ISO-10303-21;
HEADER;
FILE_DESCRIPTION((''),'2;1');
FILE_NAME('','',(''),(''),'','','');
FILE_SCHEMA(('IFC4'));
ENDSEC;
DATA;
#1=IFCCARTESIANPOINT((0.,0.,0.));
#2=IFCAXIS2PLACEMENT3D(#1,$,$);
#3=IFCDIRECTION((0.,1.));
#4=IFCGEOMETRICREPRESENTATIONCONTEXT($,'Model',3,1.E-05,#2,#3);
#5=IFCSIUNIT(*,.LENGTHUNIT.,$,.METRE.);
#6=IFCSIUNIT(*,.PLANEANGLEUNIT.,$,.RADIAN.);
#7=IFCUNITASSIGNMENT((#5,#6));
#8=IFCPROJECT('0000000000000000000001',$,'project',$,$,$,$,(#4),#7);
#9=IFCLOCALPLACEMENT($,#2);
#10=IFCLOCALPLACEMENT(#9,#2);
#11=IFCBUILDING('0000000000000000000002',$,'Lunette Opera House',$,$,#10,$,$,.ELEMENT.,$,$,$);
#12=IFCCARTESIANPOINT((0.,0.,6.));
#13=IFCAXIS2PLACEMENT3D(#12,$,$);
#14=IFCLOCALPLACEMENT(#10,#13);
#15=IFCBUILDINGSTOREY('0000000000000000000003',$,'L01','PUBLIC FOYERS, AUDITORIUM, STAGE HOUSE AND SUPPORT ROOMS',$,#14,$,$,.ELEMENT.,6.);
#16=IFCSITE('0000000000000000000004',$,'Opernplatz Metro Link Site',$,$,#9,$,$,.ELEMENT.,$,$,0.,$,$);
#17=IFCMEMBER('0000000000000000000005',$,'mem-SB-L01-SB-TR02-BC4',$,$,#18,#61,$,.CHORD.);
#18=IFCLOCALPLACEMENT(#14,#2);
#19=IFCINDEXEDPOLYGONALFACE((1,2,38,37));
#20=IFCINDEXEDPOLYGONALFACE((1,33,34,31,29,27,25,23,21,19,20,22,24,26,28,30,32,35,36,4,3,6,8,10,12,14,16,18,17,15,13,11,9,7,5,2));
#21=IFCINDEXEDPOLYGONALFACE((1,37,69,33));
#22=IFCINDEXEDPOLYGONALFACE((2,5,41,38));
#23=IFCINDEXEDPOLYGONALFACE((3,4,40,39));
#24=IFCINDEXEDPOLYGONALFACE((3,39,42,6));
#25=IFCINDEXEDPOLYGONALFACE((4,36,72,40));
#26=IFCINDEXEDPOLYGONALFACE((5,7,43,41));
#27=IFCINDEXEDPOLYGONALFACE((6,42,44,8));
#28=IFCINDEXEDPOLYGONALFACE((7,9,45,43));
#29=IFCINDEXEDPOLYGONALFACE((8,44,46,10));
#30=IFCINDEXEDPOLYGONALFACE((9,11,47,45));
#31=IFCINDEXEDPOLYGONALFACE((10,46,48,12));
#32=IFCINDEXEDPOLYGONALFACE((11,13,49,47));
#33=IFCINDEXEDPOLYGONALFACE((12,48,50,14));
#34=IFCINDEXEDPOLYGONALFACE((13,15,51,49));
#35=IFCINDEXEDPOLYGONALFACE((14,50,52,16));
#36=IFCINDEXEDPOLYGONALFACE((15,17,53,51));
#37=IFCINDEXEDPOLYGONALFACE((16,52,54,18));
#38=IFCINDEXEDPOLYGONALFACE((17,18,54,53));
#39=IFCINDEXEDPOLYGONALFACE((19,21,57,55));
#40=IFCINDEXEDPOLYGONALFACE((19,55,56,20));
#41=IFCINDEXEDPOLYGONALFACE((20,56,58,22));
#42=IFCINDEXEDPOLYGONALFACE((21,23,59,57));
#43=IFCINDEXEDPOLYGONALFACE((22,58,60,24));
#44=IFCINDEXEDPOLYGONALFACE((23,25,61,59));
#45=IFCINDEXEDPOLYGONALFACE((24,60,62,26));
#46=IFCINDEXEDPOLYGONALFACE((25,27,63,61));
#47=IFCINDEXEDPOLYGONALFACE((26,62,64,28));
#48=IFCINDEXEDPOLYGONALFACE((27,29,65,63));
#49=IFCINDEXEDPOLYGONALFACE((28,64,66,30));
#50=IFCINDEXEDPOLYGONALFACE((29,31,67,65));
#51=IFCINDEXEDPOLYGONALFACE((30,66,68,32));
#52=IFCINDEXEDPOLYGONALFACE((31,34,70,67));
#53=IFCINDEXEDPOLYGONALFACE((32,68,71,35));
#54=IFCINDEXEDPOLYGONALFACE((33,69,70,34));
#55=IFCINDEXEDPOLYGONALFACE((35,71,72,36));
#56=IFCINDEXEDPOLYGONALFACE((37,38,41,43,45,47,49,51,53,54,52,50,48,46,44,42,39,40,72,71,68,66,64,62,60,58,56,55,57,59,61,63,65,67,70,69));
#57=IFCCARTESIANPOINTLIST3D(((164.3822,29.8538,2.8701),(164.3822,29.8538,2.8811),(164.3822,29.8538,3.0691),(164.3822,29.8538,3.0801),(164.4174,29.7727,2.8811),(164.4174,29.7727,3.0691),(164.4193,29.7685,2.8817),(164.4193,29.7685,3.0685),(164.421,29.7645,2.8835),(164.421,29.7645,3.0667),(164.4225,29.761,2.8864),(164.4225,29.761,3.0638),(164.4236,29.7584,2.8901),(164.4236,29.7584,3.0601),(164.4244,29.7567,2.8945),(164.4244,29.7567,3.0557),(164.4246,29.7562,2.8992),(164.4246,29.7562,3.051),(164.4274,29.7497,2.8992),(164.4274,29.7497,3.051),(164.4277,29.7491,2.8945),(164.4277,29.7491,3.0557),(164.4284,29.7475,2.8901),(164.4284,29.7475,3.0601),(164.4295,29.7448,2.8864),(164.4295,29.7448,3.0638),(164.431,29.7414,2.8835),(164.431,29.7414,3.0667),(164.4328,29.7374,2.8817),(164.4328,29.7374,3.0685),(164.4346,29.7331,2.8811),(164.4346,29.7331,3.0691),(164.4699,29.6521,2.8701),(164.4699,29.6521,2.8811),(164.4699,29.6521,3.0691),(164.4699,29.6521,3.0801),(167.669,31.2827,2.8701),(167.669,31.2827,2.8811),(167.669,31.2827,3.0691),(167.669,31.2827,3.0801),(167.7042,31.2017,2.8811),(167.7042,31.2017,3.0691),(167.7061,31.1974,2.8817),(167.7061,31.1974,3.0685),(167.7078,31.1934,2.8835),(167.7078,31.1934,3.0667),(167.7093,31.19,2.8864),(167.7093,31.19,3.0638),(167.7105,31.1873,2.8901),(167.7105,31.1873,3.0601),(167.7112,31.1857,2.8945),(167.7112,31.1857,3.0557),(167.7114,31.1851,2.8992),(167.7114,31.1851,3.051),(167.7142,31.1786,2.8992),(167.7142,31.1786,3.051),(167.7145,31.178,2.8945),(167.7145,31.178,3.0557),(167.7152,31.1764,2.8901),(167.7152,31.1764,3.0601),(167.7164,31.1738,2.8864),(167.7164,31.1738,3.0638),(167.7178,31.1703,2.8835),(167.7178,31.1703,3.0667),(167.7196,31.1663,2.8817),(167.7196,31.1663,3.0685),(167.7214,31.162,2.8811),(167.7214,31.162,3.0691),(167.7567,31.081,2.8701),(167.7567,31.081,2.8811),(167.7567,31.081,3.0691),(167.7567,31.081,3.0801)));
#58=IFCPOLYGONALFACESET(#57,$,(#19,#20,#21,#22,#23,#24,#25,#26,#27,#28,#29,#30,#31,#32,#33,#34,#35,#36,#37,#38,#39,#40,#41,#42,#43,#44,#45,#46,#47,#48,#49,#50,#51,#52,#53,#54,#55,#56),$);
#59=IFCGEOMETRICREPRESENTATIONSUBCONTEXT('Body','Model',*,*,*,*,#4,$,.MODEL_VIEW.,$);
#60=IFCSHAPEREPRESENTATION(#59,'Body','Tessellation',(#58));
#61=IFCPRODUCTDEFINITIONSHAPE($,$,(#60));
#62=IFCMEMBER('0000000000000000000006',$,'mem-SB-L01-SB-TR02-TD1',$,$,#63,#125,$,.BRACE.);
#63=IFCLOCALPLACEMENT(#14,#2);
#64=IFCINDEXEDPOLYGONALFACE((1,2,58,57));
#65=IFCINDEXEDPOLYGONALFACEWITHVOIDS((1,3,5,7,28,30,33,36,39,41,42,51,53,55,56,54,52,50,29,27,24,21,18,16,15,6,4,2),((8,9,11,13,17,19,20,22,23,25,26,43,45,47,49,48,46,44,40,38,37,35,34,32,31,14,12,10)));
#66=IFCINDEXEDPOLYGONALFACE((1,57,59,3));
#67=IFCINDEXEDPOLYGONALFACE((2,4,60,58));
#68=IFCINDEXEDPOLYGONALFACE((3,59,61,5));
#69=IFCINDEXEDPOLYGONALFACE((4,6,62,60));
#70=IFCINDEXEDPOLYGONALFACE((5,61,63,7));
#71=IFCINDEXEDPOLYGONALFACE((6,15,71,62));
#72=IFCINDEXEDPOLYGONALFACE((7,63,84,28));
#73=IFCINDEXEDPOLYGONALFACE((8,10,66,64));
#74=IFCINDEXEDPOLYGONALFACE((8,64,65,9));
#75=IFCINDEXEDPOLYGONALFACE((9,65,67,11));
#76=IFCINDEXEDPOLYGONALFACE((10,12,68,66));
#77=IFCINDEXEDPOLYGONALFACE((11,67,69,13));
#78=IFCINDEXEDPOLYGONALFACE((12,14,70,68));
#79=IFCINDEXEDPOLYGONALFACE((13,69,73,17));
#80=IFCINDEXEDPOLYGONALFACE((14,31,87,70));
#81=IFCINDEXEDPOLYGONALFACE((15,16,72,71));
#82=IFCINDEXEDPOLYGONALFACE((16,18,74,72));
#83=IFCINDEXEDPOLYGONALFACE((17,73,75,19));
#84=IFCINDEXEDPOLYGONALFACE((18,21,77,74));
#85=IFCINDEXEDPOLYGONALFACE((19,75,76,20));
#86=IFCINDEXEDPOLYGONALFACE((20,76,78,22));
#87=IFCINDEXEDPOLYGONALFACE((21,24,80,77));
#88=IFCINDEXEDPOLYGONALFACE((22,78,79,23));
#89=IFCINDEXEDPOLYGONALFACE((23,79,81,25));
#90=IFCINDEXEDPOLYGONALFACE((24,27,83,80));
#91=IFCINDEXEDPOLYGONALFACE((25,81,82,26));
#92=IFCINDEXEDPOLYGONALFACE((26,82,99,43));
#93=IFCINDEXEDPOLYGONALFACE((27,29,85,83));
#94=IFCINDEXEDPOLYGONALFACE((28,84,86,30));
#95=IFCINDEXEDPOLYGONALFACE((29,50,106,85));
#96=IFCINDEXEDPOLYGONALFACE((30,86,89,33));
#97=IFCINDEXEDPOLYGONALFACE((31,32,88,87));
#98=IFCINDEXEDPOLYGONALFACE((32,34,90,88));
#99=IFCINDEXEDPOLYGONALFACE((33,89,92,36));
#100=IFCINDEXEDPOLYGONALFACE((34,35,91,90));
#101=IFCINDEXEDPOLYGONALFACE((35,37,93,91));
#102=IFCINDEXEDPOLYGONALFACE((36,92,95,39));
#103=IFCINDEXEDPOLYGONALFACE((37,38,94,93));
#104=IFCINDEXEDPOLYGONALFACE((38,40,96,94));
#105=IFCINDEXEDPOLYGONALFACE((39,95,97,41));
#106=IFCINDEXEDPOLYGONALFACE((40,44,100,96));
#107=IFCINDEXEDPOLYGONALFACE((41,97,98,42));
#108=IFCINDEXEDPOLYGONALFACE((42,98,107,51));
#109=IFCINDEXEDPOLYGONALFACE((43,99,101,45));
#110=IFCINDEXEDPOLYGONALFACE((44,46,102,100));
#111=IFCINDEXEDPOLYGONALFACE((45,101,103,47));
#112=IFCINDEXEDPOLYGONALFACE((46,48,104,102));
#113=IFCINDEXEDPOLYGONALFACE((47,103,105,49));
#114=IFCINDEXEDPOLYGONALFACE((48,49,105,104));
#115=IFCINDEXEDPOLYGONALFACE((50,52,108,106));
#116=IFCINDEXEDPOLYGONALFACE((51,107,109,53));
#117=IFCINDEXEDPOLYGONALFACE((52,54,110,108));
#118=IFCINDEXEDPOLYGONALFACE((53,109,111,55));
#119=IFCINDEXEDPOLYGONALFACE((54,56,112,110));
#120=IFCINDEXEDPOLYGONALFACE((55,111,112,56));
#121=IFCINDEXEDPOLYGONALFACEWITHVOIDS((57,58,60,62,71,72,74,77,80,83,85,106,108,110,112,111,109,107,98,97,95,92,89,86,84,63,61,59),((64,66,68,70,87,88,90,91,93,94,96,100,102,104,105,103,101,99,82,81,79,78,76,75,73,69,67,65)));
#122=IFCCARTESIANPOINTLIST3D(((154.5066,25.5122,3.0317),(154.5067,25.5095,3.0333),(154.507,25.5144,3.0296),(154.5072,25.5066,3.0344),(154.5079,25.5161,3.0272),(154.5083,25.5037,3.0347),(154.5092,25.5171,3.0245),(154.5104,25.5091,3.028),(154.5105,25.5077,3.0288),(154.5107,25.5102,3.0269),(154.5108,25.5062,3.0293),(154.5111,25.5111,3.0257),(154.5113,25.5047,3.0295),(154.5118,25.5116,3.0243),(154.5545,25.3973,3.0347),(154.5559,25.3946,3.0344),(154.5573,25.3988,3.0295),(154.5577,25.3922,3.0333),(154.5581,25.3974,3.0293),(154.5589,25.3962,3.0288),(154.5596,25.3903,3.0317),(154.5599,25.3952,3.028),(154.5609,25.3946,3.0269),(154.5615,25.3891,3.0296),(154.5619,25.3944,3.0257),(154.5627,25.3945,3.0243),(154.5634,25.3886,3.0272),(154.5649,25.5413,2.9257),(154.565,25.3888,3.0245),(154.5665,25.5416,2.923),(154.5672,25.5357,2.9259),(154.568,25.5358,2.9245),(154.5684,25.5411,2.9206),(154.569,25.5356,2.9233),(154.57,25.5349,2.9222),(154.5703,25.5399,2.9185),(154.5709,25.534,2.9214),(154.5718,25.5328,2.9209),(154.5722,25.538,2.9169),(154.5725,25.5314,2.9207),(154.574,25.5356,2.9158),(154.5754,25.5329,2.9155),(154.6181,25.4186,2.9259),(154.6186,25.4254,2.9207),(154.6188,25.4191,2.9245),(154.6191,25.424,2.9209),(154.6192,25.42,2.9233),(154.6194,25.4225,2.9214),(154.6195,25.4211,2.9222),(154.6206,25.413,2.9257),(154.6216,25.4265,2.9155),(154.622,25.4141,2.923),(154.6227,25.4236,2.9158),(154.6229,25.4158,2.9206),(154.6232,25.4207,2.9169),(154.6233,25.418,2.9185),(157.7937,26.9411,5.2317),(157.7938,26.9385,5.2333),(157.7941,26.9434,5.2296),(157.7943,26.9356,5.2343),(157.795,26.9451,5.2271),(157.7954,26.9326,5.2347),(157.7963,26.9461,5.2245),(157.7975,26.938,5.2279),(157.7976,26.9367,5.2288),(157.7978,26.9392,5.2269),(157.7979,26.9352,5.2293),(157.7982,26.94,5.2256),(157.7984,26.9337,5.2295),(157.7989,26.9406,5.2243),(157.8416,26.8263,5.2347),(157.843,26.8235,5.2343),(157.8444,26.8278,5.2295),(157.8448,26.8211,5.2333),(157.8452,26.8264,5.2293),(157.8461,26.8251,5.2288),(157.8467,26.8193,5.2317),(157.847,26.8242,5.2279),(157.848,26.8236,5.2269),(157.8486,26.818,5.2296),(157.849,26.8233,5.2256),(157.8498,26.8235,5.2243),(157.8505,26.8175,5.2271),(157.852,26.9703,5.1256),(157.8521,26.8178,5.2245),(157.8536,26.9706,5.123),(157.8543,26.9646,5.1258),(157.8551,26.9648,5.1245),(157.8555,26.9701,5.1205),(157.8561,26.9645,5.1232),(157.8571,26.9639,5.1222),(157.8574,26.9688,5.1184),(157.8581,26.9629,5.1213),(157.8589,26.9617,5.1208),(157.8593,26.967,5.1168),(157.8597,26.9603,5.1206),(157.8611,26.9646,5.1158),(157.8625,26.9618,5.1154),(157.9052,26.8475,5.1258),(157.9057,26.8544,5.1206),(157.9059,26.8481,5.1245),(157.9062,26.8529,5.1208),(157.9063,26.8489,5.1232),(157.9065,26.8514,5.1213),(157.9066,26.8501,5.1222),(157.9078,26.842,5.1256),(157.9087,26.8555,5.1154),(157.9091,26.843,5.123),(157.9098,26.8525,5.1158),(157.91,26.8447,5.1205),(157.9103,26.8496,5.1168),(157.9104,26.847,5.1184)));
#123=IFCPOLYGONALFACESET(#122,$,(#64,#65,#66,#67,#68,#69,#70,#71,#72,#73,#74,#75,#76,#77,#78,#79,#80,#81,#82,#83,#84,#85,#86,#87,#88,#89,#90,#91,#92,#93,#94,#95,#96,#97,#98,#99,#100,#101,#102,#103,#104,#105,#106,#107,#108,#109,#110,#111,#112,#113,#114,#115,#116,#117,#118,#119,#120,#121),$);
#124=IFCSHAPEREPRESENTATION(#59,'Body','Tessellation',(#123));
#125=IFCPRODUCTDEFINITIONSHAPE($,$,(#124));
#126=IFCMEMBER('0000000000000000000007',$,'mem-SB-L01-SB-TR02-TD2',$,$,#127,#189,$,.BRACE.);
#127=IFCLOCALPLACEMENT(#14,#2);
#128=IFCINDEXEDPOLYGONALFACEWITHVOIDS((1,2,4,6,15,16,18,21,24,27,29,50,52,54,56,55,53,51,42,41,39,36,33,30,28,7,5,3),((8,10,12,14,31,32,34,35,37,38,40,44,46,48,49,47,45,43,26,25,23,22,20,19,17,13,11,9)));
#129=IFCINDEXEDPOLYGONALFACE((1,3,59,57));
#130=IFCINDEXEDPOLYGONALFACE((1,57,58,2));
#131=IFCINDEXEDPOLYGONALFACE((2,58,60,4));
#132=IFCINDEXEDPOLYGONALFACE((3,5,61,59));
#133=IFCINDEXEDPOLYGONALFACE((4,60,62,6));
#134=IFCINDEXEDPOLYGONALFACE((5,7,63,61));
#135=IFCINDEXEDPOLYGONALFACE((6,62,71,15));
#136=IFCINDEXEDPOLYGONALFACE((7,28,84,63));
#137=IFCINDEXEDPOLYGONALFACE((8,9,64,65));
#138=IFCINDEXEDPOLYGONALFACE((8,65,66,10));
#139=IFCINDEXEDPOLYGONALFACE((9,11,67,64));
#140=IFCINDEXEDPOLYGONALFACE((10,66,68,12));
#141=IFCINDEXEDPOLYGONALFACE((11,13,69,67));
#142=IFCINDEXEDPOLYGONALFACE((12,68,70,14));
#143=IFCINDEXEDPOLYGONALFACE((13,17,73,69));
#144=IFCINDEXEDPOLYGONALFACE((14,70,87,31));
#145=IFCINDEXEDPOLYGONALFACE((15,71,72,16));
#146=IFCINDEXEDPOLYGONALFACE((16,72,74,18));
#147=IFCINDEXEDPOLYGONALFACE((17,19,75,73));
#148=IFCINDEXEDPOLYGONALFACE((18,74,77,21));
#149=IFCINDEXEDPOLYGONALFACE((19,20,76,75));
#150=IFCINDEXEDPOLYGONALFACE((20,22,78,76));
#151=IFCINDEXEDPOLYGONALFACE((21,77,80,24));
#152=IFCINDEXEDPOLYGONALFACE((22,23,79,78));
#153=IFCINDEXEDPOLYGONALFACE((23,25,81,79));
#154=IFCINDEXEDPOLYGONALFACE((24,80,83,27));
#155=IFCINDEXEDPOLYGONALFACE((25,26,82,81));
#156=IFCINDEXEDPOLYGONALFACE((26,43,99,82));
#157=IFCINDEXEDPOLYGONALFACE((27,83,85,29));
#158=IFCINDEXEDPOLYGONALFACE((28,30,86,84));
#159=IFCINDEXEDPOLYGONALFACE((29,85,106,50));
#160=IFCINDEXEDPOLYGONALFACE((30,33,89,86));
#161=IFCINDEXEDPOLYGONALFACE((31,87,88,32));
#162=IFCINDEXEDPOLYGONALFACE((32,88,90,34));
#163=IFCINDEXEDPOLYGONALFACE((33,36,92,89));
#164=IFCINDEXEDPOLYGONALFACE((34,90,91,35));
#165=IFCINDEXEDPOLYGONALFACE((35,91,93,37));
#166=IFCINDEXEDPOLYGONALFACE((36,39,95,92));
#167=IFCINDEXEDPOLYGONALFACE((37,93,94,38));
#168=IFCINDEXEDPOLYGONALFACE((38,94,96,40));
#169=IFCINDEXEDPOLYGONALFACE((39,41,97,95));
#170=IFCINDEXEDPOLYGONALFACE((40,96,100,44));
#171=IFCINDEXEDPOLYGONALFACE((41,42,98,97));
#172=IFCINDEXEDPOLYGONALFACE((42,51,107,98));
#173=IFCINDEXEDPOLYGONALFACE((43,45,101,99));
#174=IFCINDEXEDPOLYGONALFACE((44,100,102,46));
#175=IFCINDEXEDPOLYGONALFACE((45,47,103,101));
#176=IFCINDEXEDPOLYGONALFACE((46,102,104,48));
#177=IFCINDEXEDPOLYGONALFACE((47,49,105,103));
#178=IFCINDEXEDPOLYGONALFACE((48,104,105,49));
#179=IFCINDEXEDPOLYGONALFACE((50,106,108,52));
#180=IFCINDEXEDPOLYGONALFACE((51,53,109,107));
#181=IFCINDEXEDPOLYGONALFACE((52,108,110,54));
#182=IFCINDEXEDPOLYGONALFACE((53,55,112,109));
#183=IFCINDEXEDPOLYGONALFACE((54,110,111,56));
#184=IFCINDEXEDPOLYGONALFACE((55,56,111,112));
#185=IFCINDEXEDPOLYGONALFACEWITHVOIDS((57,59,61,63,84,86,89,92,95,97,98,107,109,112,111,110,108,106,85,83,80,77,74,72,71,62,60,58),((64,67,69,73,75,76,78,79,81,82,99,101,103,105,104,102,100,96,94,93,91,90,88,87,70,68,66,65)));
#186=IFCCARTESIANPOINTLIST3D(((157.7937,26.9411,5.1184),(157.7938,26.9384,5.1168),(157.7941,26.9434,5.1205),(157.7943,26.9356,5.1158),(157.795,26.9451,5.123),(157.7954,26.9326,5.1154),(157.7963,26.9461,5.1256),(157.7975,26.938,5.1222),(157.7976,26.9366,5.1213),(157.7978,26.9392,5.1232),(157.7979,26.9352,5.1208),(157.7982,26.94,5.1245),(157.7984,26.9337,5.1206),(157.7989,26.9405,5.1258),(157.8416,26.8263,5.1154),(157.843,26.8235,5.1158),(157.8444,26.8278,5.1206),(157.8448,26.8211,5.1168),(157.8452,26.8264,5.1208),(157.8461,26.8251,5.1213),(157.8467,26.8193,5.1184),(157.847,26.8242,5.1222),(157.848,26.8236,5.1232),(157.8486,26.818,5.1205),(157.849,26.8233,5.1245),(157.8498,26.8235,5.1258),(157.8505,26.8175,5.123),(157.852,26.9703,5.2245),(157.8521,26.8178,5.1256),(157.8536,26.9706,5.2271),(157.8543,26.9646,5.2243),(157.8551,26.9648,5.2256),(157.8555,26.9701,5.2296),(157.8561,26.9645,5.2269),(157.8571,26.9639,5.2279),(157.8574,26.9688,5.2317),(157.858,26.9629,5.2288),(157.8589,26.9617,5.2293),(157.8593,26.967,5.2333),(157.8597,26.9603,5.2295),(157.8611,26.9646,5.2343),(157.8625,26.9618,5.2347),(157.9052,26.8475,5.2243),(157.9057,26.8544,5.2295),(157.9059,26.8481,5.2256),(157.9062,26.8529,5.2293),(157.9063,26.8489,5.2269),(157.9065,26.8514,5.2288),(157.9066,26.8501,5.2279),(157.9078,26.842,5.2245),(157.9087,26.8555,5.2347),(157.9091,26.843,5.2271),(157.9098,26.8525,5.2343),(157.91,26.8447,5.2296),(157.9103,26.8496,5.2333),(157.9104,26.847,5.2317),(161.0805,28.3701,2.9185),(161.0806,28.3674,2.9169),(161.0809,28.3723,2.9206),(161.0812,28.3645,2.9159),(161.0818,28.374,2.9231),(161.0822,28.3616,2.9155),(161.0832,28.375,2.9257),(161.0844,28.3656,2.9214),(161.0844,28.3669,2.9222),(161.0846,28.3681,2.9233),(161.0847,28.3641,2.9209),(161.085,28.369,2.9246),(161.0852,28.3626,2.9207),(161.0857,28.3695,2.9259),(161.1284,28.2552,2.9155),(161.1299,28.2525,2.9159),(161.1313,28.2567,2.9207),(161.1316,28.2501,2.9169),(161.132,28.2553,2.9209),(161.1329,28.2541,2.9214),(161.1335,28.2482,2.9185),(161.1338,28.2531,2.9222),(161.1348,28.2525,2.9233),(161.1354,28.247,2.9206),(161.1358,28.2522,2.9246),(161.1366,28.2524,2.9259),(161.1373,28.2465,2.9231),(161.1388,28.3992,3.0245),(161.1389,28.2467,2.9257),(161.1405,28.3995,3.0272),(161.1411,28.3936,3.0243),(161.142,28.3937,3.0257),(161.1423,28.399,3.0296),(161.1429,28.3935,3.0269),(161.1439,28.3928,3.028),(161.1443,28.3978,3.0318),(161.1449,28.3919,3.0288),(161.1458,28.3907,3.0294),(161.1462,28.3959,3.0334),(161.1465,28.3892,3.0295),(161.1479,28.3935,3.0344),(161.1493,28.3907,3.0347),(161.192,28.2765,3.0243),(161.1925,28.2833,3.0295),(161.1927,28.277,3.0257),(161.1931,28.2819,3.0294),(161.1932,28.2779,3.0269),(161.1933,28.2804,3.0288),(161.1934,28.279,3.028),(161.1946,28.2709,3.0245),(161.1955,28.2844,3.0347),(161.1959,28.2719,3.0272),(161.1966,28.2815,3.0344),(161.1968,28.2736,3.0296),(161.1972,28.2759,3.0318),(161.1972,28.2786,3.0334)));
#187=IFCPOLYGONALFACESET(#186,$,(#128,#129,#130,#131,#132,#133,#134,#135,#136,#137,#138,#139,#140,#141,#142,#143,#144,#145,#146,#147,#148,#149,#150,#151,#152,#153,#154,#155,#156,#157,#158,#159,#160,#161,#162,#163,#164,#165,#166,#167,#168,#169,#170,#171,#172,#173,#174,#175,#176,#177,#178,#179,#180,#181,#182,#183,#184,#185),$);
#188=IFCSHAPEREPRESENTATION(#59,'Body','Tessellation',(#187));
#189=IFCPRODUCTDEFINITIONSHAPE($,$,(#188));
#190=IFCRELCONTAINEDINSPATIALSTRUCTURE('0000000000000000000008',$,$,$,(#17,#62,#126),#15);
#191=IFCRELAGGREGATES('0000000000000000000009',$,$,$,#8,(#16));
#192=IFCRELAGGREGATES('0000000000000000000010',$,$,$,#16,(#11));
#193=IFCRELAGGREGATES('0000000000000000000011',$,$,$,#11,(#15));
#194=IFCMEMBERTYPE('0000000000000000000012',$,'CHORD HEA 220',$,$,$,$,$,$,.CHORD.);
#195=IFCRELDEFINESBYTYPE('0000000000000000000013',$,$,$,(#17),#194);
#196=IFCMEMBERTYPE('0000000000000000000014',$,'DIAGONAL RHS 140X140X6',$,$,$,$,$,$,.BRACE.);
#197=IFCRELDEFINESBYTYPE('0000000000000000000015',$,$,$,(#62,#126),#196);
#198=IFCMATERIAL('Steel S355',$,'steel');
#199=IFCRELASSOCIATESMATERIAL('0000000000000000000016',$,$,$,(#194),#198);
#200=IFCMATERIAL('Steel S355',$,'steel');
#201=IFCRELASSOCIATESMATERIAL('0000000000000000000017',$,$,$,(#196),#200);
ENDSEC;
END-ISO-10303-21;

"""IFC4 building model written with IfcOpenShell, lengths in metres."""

from ifc_helpers import new_model, si_unit, direction, frame, origin, origin_2d, place, context, subcontext, project, spatial, hollow_rectangle, i_section, extrude, material, material_profile, profile_set, type_object, element, save


model = new_model("IFC4")

# Units and contexts
model_context = context("Model", 3, precision=1e-05, world=origin(), true_north=direction((0.0, 1.0)))
body_context = subcontext(model_context, "Body", "Model", "MODEL_VIEW")
ifc_project = project(units=[si_unit("LENGTHUNIT", "METRE"), si_unit("PLANEANGLEUNIT", "RADIAN")], contexts=[model_context])

# Site, building, storey
site_placement = place(None, origin())
site = spatial("IfcSite", under=ifc_project, at=site_placement, Name="Opernplatz Metro Link Site", CompositionType="ELEMENT", RefElevation=0.0)
building_placement = place(site_placement, origin())
building = spatial("IfcBuilding", under=site, at=building_placement, Name="Lunette Opera House", CompositionType="ELEMENT")
storey_placement = place(building_placement, frame((0.0, 0.0, 6.0)))
storey = spatial("IfcBuildingStorey", under=building, at=storey_placement, Name="L01", Description="PUBLIC FOYERS, AUDITORIUM, STAGE HOUSE AND SUPPORT ROOMS", CompositionType="ELEMENT", Elevation=6.0)

# Members
ifc_material_1 = material(Name="Steel S355", Category="steel")
ifc_material_profile_1 = material_profile(ifc_material_1, i_section(OverallWidth=0.22, OverallDepth=0.21, WebThickness=0.0071, FlangeThickness=0.011, FilletRadius=0.0181, at=origin_2d()), Name="HEA 220")
ifc_profile_set_1 = profile_set([ifc_material_profile_1], Name="Steel S355")
member_type_1 = type_object("IfcMemberType", Name="CHORD HEA 220", PredefinedType="CHORD", material=ifc_profile_set_1)
for number, where, z_axis, x_axis, name in (
    (1, (164.426, 29.7529, 2.9751), (0.917082, 0.398699, 0.0), (-0.398699, 0.917082, 0.0), "mem-SB-L01-SB-TR02-BC4"),
):
    element("IfcMember", number, at=place(storey_placement, frame(where, z_axis=z_axis, x_axis=x_axis)), inside=storey, type_object=member_type_1, Name=name, PredefinedType="CHORD", context=body_context, shape_type="SweptSolid", body=[
        extrude(i_section(OverallWidth=0.22, OverallDepth=0.21, WebThickness=0.0071, FlangeThickness=0.011, FilletRadius=0.0181, at=origin_2d()), origin(), (0.0, 0.0, 1.0), 3.584),
    ])
ifc_material_2 = material(Name="Steel S355", Category="steel")
ifc_material_profile_2 = material_profile(ifc_material_2, hollow_rectangle(XDim=0.1399, YDim=0.1399, WallThickness=0.0061, InnerFilletRadius=0.0061, OuterFilletRadius=0.012, at=origin_2d()), Name="RHS 140X140X6")
ifc_profile_set_2 = profile_set([ifc_material_profile_2], Name="Steel S355")
member_type_2 = type_object("IfcMemberType", Name="DIAGONAL RHS 140X140X6", PredefinedType="BRACE", material=ifc_profile_set_2)
member_1_placement = place(storey_placement, frame((154.5649, 25.4651, 2.9751), z_axis=(0.781609, 0.339777, 0.523105), x_axis=(-0.398674, 0.917093, 0.0)))
element("IfcMember", 2, at=member_1_placement, inside=storey, type_object=member_type_2, Name="mem-SB-L01-SB-TR02-TD1", PredefinedType="BRACE", context=body_context, shape_type="SweptSolid", body=[
    extrude(hollow_rectangle(XDim=0.1399, YDim=0.1399, WallThickness=0.0061, InnerFilletRadius=0.0061, OuterFilletRadius=0.012, at=origin_2d()), origin(), (0.0, 0.0, 1.0), 4.2056),
])
member_2_placement = place(storey_placement, frame((157.8521, 26.894, 5.175), z_axis=(0.781587, 0.339793, -0.523128), x_axis=(-0.398699, 0.917082, 0.0)))
element("IfcMember", 3, at=member_2_placement, inside=storey, type_object=member_type_2, Name="mem-SB-L01-SB-TR02-TD2", PredefinedType="BRACE", context=body_context, shape_type="SweptSolid", body=[
    extrude(hollow_rectangle(XDim=0.1399, YDim=0.1399, WallThickness=0.0061, InnerFilletRadius=0.0061, OuterFilletRadius=0.012, at=origin_2d()), origin(), (0.0, 0.0, 1.0), 4.2053),
])

save(model, "model.ifc")
